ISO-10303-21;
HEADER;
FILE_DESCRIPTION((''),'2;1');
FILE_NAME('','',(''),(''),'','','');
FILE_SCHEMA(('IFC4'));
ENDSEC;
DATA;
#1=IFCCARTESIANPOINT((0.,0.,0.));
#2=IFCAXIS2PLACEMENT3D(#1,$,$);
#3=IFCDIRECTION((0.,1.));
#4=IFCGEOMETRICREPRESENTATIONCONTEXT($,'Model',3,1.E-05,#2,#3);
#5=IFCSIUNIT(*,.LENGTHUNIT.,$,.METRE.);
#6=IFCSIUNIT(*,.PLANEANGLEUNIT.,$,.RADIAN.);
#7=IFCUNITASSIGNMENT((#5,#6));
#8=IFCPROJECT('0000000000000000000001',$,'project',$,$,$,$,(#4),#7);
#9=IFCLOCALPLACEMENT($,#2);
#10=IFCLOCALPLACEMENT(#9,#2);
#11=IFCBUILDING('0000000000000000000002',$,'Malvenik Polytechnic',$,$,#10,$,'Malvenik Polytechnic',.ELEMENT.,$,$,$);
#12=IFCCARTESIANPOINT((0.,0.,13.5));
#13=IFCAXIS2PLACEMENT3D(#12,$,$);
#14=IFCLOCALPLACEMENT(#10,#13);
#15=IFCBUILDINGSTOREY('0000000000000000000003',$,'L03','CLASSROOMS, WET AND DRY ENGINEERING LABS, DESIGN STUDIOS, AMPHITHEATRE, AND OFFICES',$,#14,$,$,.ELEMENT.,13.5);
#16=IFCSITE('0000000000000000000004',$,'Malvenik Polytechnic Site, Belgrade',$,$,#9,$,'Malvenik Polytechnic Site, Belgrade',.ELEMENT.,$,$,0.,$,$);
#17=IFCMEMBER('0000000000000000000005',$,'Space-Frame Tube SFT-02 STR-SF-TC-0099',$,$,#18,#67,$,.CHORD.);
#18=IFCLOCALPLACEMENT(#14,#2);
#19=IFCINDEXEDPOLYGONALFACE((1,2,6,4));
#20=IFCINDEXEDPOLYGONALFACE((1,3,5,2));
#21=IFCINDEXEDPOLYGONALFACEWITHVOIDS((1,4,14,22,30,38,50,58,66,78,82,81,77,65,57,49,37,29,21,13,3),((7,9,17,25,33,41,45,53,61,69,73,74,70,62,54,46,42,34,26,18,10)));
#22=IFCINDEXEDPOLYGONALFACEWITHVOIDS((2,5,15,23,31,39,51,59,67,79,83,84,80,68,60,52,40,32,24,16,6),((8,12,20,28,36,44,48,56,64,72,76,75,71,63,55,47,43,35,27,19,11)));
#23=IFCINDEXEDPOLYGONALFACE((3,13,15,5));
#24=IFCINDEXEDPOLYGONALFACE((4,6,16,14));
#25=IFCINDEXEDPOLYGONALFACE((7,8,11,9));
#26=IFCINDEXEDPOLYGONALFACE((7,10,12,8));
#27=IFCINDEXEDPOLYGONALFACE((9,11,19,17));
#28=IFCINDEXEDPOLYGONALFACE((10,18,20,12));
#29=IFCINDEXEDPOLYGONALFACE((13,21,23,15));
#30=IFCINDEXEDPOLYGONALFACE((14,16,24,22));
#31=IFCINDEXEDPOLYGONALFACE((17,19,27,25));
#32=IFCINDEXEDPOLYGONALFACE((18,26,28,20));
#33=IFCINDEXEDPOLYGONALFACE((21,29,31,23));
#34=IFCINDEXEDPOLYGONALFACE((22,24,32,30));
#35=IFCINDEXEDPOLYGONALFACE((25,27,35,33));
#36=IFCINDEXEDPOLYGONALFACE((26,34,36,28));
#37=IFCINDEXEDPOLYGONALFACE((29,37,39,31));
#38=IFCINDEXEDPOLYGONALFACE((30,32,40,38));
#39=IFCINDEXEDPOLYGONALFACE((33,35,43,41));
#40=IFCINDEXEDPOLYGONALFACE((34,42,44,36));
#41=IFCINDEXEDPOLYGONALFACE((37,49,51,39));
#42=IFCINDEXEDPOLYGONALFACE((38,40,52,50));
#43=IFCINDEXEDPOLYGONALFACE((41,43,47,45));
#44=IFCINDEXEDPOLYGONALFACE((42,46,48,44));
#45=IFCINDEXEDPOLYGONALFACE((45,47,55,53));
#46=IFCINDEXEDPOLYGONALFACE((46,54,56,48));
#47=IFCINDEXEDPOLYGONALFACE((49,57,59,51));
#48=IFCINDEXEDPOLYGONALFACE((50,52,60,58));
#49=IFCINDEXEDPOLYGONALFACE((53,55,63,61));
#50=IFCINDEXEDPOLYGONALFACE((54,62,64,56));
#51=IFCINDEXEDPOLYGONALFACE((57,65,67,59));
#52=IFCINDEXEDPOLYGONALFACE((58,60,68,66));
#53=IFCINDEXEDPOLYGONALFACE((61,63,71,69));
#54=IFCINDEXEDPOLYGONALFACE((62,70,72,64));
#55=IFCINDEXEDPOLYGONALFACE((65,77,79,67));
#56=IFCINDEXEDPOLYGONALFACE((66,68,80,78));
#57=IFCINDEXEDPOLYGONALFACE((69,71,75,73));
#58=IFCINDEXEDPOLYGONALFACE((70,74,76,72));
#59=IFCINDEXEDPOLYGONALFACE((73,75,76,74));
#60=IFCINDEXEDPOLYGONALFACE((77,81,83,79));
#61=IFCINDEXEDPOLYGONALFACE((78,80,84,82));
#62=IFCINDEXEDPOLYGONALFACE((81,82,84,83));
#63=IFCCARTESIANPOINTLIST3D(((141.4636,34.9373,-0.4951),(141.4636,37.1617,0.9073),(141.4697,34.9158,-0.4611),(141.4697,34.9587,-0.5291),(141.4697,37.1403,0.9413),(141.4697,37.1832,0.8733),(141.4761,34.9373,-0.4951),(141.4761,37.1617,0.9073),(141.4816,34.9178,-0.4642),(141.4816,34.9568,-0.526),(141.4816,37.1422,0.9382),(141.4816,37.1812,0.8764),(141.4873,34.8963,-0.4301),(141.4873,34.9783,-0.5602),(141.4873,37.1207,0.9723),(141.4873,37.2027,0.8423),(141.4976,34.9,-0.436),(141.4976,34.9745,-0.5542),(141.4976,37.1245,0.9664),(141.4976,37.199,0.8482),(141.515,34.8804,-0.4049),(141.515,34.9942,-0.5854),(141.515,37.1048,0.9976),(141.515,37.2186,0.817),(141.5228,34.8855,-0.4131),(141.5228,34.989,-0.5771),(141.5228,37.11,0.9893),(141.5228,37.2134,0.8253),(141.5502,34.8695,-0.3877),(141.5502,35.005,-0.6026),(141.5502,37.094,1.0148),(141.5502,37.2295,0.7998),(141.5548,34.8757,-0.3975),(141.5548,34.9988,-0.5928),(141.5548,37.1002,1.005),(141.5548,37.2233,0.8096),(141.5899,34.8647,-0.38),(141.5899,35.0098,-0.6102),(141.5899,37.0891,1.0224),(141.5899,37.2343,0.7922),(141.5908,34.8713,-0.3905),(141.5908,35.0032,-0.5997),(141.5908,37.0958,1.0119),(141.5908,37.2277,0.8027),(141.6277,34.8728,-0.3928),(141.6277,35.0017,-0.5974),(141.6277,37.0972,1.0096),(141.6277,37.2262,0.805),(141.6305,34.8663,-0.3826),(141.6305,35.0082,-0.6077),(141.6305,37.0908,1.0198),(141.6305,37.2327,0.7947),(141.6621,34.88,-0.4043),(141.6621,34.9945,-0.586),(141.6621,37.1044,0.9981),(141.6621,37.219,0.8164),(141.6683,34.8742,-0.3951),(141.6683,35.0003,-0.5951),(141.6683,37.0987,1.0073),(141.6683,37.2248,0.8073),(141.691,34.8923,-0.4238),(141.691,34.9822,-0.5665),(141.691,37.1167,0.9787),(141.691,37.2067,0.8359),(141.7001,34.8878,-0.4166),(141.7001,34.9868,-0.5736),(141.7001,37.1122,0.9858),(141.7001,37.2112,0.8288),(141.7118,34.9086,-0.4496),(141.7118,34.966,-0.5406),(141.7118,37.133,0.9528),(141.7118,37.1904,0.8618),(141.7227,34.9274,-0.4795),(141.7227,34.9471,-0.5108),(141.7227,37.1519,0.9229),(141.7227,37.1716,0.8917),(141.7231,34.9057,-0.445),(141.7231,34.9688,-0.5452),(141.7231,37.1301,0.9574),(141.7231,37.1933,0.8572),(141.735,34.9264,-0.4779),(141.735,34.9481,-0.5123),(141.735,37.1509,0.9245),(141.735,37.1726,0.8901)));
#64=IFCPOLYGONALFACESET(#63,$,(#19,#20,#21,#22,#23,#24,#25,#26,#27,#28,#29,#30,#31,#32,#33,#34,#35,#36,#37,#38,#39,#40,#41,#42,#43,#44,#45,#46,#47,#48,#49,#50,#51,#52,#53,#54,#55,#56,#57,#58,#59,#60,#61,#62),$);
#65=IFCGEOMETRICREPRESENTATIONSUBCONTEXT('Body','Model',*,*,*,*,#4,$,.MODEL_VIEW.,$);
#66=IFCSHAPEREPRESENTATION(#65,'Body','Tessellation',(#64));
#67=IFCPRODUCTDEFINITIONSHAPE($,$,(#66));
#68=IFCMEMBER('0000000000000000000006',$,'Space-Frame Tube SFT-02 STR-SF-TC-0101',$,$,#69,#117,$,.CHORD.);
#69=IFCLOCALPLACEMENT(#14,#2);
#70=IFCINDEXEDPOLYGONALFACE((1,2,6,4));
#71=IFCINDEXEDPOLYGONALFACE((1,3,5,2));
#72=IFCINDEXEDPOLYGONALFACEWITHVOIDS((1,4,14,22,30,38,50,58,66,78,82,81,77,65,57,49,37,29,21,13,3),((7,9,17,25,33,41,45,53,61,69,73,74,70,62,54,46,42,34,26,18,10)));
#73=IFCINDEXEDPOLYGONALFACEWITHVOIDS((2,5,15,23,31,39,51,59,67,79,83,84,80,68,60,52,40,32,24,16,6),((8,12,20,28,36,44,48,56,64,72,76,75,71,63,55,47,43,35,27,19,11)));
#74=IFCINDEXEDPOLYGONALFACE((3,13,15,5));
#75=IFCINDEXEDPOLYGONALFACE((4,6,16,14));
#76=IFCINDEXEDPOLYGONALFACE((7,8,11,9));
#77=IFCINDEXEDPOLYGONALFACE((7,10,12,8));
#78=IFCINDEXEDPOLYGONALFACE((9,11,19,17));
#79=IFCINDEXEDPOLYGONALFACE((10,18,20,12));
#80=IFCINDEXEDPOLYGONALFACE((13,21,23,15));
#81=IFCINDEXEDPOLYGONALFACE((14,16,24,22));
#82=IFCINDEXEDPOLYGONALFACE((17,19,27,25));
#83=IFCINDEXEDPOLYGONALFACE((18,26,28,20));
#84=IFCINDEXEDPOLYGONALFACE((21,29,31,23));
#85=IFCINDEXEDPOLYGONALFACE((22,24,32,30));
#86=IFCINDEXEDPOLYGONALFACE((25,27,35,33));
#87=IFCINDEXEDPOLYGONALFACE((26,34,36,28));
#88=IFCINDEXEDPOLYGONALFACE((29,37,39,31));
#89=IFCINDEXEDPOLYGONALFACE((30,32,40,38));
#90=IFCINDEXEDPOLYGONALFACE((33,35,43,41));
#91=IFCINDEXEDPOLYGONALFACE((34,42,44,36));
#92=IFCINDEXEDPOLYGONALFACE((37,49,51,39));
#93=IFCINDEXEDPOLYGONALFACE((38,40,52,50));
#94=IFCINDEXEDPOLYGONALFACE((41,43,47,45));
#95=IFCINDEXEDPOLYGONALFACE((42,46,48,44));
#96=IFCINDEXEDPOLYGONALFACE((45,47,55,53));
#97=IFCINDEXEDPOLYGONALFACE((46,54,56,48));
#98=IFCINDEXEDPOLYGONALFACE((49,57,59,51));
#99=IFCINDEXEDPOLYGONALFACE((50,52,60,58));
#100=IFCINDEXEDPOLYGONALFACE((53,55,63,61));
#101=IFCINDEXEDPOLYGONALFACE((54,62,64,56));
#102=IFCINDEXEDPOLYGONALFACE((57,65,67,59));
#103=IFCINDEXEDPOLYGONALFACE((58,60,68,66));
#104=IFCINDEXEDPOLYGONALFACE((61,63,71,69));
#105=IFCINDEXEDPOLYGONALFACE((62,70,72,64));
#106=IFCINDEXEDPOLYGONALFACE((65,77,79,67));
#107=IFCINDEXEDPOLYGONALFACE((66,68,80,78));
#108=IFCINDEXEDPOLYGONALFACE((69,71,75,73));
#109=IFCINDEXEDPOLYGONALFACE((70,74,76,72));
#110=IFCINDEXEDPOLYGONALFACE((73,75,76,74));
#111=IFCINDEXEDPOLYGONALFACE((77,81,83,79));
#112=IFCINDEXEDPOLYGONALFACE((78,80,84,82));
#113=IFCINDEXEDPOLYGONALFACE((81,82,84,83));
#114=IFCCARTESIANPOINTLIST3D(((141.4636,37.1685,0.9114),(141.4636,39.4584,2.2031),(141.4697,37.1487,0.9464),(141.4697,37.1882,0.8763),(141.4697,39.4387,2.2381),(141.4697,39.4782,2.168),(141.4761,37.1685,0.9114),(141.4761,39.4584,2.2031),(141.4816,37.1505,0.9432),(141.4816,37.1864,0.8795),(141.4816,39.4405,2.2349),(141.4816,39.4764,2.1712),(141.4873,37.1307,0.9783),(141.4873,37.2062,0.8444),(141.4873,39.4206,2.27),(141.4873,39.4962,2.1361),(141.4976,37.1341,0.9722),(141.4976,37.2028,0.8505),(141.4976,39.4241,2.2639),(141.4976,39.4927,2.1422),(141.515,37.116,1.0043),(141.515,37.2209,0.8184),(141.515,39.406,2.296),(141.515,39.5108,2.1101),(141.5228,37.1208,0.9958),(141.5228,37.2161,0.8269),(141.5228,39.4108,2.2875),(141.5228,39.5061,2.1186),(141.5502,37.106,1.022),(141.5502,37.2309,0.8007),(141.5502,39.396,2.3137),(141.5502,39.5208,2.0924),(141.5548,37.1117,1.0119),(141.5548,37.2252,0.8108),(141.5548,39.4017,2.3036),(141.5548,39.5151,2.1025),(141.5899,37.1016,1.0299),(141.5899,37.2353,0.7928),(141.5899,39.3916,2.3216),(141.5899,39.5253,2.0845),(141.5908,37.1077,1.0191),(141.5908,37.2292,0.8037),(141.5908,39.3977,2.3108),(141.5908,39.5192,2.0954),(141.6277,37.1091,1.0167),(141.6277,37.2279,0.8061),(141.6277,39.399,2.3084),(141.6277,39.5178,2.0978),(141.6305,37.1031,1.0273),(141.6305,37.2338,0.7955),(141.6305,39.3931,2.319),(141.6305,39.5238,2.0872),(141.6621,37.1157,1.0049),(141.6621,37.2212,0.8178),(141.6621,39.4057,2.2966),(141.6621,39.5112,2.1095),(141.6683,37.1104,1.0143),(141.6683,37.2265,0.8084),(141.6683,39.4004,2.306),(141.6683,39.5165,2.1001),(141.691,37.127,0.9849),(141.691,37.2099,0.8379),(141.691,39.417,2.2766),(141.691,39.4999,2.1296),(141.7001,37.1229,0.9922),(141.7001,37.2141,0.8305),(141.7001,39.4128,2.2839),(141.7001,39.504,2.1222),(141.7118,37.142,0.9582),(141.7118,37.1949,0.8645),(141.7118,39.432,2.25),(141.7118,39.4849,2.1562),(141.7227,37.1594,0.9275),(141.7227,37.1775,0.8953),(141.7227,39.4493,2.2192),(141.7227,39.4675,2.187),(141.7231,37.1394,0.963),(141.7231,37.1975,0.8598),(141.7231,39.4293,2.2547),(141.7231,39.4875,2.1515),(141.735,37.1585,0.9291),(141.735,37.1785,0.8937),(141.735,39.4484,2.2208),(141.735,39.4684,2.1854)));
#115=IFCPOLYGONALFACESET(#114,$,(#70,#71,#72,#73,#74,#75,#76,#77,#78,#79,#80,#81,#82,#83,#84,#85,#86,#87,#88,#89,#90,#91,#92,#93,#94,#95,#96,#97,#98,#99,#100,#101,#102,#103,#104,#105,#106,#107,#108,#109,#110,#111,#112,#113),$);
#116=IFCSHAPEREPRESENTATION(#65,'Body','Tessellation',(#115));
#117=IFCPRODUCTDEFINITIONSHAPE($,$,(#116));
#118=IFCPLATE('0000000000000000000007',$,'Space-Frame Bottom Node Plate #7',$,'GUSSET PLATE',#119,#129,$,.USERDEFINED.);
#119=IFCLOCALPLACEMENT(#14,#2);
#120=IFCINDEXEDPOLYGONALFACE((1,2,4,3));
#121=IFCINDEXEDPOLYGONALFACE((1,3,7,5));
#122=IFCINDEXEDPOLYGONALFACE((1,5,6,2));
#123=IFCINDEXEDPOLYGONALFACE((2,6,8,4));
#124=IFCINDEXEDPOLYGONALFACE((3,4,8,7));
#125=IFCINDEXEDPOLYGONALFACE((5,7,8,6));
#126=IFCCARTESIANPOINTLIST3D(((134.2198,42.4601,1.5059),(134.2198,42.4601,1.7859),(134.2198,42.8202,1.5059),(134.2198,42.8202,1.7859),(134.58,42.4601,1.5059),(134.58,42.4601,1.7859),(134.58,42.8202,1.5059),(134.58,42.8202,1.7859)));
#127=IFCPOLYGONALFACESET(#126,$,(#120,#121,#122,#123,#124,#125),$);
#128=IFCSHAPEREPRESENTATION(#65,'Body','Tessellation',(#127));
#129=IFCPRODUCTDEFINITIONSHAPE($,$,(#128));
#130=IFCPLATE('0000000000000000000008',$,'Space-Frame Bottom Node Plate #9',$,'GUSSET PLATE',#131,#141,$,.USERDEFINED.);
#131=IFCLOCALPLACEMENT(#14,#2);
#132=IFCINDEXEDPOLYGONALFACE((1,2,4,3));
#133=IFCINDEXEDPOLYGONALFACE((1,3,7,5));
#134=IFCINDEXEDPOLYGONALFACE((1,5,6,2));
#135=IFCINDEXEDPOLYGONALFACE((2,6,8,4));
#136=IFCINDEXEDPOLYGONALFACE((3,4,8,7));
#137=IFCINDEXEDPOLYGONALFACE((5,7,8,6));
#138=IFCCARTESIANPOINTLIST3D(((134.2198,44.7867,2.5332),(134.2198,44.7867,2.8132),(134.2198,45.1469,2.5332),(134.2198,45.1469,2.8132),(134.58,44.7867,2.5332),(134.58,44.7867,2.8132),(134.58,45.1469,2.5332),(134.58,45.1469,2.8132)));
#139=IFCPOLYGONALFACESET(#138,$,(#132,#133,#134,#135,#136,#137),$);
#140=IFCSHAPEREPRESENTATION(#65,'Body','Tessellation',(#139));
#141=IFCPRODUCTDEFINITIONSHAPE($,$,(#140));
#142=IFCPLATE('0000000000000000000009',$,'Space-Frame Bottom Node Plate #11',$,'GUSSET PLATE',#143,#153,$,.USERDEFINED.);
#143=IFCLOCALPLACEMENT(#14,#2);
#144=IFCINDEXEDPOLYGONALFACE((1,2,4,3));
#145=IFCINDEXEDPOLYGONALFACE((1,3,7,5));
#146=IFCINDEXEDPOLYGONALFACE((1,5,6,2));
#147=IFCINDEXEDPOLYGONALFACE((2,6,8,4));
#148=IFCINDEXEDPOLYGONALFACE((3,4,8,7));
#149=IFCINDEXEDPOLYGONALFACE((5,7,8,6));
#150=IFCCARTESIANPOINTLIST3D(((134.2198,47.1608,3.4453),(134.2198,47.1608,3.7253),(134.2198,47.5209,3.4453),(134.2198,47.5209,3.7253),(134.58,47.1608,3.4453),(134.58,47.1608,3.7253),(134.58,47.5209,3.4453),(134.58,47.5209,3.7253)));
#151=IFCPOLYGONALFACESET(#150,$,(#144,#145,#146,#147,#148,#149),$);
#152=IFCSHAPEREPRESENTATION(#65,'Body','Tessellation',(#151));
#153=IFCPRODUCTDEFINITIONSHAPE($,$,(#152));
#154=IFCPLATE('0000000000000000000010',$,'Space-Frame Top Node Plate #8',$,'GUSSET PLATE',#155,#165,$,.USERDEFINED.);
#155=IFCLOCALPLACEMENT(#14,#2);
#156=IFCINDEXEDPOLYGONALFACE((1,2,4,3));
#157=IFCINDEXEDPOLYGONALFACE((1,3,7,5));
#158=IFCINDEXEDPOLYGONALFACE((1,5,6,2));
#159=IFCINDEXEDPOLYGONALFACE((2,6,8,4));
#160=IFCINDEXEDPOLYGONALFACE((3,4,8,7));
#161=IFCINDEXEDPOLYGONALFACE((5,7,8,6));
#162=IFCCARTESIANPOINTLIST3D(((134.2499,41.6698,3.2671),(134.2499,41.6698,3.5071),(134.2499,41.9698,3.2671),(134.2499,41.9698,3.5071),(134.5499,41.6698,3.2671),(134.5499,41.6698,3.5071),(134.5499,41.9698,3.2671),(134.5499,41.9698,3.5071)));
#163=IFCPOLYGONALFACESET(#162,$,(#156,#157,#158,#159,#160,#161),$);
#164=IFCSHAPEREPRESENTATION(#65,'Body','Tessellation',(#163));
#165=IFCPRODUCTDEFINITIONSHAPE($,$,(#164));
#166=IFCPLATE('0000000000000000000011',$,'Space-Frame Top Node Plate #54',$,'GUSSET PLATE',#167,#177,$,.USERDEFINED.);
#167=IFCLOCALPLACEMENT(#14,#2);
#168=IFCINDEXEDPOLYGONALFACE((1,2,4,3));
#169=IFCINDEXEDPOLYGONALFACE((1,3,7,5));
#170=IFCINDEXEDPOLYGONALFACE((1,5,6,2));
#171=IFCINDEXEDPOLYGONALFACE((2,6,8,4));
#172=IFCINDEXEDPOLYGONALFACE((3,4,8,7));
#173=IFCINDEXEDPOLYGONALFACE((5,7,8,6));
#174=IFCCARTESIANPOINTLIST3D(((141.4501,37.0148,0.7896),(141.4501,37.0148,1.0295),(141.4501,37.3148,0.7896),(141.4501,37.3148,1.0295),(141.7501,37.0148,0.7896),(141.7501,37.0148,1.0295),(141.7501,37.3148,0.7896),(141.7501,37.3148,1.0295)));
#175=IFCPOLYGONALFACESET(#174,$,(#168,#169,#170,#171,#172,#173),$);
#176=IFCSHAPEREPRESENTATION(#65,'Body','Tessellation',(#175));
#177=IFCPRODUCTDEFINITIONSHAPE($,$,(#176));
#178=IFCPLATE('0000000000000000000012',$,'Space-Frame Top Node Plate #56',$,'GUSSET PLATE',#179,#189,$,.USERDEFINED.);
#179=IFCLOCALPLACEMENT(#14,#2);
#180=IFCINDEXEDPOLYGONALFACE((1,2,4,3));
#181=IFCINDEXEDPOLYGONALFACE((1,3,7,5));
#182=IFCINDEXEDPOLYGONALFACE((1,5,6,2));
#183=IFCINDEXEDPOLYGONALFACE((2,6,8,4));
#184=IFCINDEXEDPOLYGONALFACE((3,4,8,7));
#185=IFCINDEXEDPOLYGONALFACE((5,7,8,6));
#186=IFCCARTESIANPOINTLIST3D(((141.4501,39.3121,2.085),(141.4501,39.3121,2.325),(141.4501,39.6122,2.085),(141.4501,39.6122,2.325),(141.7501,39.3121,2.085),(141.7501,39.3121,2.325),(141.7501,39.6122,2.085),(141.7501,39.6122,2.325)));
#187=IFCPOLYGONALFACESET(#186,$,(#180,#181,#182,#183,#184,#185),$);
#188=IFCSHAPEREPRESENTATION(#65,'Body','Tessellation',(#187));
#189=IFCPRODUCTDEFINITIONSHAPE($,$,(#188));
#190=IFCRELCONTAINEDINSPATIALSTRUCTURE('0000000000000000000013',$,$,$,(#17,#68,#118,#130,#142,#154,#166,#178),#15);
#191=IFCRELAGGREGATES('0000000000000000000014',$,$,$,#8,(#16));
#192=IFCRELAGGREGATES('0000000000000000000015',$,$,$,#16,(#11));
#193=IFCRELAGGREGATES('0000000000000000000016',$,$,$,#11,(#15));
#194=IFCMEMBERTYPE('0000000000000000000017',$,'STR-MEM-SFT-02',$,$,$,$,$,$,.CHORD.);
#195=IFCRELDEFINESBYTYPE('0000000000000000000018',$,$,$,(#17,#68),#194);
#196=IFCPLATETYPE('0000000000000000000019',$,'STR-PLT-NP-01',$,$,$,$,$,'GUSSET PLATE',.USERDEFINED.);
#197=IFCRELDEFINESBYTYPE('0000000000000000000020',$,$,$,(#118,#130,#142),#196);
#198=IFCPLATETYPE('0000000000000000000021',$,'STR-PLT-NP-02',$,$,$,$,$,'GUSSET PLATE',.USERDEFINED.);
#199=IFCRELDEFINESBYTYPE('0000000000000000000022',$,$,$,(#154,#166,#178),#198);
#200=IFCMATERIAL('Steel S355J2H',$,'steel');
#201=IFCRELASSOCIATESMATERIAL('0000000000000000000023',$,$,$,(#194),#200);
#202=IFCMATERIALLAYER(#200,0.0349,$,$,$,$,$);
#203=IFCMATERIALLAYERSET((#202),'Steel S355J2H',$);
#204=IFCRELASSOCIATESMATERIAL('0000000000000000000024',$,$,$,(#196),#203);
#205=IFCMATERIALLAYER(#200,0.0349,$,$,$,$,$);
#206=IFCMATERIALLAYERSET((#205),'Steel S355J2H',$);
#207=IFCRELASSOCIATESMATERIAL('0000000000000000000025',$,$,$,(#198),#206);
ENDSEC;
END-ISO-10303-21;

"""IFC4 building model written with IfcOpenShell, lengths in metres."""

from ifc_helpers import new_model, si_unit, direction, frame, origin, origin_2d, place, context, subcontext, project, spatial, rectangle, hollow_circle, extrude, material, layer, layer_set, material_profile, profile_set, type_object, element, save


model = new_model("IFC4")

# Units and contexts
model_context = context("Model", 3, precision=1e-05, world=origin(), true_north=direction((0.0, 1.0)))
body_context = subcontext(model_context, "Body", "Model", "MODEL_VIEW")
ifc_project = project(units=[si_unit("LENGTHUNIT", "METRE"), si_unit("PLANEANGLEUNIT", "RADIAN")], contexts=[model_context])

# Site, building, storey
site_placement = place(None, origin())
site = spatial("IfcSite", under=ifc_project, at=site_placement, Name="Malvenik Polytechnic Site, Belgrade", LongName="Malvenik Polytechnic Site, Belgrade", CompositionType="ELEMENT", RefElevation=0.0)
building_placement = place(site_placement, origin())
building = spatial("IfcBuilding", under=site, at=building_placement, Name="Malvenik Polytechnic", LongName="Malvenik Polytechnic", CompositionType="ELEMENT")
storey_placement = place(building_placement, frame((0.0, 0.0, 13.5)))
storey = spatial("IfcBuildingStorey", under=building, at=storey_placement, Name="L03", Description="CLASSROOMS, WET AND DRY ENGINEERING LABS, DESIGN STUDIOS, AMPHITHEATRE, AND OFFICES", CompositionType="ELEMENT", Elevation=13.5)

# Members
ifc_material_1 = material(Name="Steel S355J2H", Category="steel")
ifc_material_profile_1 = material_profile(ifc_material_1, hollow_circle(Radius=0.1365, WallThickness=0.0125, at=origin_2d()), Name="CHS 273.0x12.5")
ifc_profile_set_1 = profile_set([ifc_material_profile_1], Name="Steel S355J2H")
member_type_1 = type_object("IfcMemberType", Name="STR-MEM-SFT-02", PredefinedType="CHORD", material=ifc_profile_set_1)
member_1_placement = place(storey_placement, frame((141.6001, 34.9373, -0.4951), z_axis=(0.0, 0.845921, 0.533308), x_axis=(-1.0, 0.0, 0.0)))
element("IfcMember", 1, at=member_1_placement, inside=storey, type_object=member_type_1, Name="Space-Frame Tube SFT-02 STR-SF-TC-0099", PredefinedType="CHORD", context=body_context, shape_type="SweptSolid", body=[
    extrude(hollow_circle(Radius=0.1365, WallThickness=0.0125, at=origin_2d()), origin(), (0.0, 0.0, 1.0), 2.6296),
])
member_2_placement = place(storey_placement, frame((141.6001, 37.1685, 0.9114), z_axis=(0.0, 0.87099, 0.491301), x_axis=(-1.0, 0.0, 0.0)))
element("IfcMember", 2, at=member_2_placement, inside=storey, type_object=member_type_1, Name="Space-Frame Tube SFT-02 STR-SF-TC-0101", PredefinedType="CHORD", context=body_context, shape_type="SweptSolid", body=[
    extrude(hollow_circle(Radius=0.1365, WallThickness=0.0125, at=origin_2d()), origin(), (0.0, 0.0, 1.0), 2.6292),
])

# Plates
ifc_layer_1 = layer(ifc_material_1, 0.0349)
ifc_layer_set_1 = layer_set([ifc_layer_1], Name="Steel S355J2H")
plate_type_1 = type_object("IfcPlateType", Name="STR-PLT-NP-01", ElementType="GUSSET PLATE", PredefinedType="USERDEFINED", material=ifc_layer_set_1)
for number, where, z_axis, x_axis, name in (
    (3, (134.3999, 42.6401, 1.5059), (0.0, 0.0, 1.0), (1.0, 0.0, 0.0), "Space-Frame Bottom Node Plate #7"),
    (4, (134.3999, 44.9668, 2.5332), (0.0, 0.0, 1.0), (1.0, 0.0, 0.0), "Space-Frame Bottom Node Plate #9"),
    (5, (134.3999, 47.3408, 3.4453), (0.0, 0.0, 1.0), (1.0, 0.0, 0.0), "Space-Frame Bottom Node Plate #11"),
):
    element("IfcPlate", number, at=place(storey_placement, frame(where, z_axis=z_axis, x_axis=x_axis)), inside=storey, type_object=plate_type_1, Name=name, ObjectType="GUSSET PLATE", PredefinedType="USERDEFINED", context=body_context, shape_type="SweptSolid", body=[
        extrude(rectangle(XDim=0.3601, YDim=0.3601, at=origin_2d()), origin(), (0.0, 0.0, 1.0), 0.28),
    ])
ifc_layer_2 = layer(ifc_material_1, 0.0349)
ifc_layer_set_2 = layer_set([ifc_layer_2], Name="Steel S355J2H")
plate_type_2 = type_object("IfcPlateType", Name="STR-PLT-NP-02", ElementType="GUSSET PLATE", PredefinedType="USERDEFINED", material=ifc_layer_set_2)
for number, where, z_axis, x_axis, name in (
    (6, (134.3999, 41.8198, 3.2671), (0.0, 0.0, 1.0), (1.0, 0.0, 0.0), "Space-Frame Top Node Plate #8"),
    (7, (141.6001, 37.1648, 0.7896), (0.0, 0.0, 1.0), (1.0, 0.0, 0.0), "Space-Frame Top Node Plate #54"),
    (8, (141.6001, 39.4622, 2.085), (0.0, 0.0, 1.0), (1.0, 0.0, 0.0), "Space-Frame Top Node Plate #56"),
):
    element("IfcPlate", number, at=place(storey_placement, frame(where, z_axis=z_axis, x_axis=x_axis)), inside=storey, type_object=plate_type_2, Name=name, ObjectType="GUSSET PLATE", PredefinedType="USERDEFINED", context=body_context, shape_type="SweptSolid", body=[
        extrude(rectangle(XDim=0.3, YDim=0.3, at=origin_2d()), origin(), (0.0, 0.0, 1.0), 0.24),
    ])

save(model, "model.ifc")
